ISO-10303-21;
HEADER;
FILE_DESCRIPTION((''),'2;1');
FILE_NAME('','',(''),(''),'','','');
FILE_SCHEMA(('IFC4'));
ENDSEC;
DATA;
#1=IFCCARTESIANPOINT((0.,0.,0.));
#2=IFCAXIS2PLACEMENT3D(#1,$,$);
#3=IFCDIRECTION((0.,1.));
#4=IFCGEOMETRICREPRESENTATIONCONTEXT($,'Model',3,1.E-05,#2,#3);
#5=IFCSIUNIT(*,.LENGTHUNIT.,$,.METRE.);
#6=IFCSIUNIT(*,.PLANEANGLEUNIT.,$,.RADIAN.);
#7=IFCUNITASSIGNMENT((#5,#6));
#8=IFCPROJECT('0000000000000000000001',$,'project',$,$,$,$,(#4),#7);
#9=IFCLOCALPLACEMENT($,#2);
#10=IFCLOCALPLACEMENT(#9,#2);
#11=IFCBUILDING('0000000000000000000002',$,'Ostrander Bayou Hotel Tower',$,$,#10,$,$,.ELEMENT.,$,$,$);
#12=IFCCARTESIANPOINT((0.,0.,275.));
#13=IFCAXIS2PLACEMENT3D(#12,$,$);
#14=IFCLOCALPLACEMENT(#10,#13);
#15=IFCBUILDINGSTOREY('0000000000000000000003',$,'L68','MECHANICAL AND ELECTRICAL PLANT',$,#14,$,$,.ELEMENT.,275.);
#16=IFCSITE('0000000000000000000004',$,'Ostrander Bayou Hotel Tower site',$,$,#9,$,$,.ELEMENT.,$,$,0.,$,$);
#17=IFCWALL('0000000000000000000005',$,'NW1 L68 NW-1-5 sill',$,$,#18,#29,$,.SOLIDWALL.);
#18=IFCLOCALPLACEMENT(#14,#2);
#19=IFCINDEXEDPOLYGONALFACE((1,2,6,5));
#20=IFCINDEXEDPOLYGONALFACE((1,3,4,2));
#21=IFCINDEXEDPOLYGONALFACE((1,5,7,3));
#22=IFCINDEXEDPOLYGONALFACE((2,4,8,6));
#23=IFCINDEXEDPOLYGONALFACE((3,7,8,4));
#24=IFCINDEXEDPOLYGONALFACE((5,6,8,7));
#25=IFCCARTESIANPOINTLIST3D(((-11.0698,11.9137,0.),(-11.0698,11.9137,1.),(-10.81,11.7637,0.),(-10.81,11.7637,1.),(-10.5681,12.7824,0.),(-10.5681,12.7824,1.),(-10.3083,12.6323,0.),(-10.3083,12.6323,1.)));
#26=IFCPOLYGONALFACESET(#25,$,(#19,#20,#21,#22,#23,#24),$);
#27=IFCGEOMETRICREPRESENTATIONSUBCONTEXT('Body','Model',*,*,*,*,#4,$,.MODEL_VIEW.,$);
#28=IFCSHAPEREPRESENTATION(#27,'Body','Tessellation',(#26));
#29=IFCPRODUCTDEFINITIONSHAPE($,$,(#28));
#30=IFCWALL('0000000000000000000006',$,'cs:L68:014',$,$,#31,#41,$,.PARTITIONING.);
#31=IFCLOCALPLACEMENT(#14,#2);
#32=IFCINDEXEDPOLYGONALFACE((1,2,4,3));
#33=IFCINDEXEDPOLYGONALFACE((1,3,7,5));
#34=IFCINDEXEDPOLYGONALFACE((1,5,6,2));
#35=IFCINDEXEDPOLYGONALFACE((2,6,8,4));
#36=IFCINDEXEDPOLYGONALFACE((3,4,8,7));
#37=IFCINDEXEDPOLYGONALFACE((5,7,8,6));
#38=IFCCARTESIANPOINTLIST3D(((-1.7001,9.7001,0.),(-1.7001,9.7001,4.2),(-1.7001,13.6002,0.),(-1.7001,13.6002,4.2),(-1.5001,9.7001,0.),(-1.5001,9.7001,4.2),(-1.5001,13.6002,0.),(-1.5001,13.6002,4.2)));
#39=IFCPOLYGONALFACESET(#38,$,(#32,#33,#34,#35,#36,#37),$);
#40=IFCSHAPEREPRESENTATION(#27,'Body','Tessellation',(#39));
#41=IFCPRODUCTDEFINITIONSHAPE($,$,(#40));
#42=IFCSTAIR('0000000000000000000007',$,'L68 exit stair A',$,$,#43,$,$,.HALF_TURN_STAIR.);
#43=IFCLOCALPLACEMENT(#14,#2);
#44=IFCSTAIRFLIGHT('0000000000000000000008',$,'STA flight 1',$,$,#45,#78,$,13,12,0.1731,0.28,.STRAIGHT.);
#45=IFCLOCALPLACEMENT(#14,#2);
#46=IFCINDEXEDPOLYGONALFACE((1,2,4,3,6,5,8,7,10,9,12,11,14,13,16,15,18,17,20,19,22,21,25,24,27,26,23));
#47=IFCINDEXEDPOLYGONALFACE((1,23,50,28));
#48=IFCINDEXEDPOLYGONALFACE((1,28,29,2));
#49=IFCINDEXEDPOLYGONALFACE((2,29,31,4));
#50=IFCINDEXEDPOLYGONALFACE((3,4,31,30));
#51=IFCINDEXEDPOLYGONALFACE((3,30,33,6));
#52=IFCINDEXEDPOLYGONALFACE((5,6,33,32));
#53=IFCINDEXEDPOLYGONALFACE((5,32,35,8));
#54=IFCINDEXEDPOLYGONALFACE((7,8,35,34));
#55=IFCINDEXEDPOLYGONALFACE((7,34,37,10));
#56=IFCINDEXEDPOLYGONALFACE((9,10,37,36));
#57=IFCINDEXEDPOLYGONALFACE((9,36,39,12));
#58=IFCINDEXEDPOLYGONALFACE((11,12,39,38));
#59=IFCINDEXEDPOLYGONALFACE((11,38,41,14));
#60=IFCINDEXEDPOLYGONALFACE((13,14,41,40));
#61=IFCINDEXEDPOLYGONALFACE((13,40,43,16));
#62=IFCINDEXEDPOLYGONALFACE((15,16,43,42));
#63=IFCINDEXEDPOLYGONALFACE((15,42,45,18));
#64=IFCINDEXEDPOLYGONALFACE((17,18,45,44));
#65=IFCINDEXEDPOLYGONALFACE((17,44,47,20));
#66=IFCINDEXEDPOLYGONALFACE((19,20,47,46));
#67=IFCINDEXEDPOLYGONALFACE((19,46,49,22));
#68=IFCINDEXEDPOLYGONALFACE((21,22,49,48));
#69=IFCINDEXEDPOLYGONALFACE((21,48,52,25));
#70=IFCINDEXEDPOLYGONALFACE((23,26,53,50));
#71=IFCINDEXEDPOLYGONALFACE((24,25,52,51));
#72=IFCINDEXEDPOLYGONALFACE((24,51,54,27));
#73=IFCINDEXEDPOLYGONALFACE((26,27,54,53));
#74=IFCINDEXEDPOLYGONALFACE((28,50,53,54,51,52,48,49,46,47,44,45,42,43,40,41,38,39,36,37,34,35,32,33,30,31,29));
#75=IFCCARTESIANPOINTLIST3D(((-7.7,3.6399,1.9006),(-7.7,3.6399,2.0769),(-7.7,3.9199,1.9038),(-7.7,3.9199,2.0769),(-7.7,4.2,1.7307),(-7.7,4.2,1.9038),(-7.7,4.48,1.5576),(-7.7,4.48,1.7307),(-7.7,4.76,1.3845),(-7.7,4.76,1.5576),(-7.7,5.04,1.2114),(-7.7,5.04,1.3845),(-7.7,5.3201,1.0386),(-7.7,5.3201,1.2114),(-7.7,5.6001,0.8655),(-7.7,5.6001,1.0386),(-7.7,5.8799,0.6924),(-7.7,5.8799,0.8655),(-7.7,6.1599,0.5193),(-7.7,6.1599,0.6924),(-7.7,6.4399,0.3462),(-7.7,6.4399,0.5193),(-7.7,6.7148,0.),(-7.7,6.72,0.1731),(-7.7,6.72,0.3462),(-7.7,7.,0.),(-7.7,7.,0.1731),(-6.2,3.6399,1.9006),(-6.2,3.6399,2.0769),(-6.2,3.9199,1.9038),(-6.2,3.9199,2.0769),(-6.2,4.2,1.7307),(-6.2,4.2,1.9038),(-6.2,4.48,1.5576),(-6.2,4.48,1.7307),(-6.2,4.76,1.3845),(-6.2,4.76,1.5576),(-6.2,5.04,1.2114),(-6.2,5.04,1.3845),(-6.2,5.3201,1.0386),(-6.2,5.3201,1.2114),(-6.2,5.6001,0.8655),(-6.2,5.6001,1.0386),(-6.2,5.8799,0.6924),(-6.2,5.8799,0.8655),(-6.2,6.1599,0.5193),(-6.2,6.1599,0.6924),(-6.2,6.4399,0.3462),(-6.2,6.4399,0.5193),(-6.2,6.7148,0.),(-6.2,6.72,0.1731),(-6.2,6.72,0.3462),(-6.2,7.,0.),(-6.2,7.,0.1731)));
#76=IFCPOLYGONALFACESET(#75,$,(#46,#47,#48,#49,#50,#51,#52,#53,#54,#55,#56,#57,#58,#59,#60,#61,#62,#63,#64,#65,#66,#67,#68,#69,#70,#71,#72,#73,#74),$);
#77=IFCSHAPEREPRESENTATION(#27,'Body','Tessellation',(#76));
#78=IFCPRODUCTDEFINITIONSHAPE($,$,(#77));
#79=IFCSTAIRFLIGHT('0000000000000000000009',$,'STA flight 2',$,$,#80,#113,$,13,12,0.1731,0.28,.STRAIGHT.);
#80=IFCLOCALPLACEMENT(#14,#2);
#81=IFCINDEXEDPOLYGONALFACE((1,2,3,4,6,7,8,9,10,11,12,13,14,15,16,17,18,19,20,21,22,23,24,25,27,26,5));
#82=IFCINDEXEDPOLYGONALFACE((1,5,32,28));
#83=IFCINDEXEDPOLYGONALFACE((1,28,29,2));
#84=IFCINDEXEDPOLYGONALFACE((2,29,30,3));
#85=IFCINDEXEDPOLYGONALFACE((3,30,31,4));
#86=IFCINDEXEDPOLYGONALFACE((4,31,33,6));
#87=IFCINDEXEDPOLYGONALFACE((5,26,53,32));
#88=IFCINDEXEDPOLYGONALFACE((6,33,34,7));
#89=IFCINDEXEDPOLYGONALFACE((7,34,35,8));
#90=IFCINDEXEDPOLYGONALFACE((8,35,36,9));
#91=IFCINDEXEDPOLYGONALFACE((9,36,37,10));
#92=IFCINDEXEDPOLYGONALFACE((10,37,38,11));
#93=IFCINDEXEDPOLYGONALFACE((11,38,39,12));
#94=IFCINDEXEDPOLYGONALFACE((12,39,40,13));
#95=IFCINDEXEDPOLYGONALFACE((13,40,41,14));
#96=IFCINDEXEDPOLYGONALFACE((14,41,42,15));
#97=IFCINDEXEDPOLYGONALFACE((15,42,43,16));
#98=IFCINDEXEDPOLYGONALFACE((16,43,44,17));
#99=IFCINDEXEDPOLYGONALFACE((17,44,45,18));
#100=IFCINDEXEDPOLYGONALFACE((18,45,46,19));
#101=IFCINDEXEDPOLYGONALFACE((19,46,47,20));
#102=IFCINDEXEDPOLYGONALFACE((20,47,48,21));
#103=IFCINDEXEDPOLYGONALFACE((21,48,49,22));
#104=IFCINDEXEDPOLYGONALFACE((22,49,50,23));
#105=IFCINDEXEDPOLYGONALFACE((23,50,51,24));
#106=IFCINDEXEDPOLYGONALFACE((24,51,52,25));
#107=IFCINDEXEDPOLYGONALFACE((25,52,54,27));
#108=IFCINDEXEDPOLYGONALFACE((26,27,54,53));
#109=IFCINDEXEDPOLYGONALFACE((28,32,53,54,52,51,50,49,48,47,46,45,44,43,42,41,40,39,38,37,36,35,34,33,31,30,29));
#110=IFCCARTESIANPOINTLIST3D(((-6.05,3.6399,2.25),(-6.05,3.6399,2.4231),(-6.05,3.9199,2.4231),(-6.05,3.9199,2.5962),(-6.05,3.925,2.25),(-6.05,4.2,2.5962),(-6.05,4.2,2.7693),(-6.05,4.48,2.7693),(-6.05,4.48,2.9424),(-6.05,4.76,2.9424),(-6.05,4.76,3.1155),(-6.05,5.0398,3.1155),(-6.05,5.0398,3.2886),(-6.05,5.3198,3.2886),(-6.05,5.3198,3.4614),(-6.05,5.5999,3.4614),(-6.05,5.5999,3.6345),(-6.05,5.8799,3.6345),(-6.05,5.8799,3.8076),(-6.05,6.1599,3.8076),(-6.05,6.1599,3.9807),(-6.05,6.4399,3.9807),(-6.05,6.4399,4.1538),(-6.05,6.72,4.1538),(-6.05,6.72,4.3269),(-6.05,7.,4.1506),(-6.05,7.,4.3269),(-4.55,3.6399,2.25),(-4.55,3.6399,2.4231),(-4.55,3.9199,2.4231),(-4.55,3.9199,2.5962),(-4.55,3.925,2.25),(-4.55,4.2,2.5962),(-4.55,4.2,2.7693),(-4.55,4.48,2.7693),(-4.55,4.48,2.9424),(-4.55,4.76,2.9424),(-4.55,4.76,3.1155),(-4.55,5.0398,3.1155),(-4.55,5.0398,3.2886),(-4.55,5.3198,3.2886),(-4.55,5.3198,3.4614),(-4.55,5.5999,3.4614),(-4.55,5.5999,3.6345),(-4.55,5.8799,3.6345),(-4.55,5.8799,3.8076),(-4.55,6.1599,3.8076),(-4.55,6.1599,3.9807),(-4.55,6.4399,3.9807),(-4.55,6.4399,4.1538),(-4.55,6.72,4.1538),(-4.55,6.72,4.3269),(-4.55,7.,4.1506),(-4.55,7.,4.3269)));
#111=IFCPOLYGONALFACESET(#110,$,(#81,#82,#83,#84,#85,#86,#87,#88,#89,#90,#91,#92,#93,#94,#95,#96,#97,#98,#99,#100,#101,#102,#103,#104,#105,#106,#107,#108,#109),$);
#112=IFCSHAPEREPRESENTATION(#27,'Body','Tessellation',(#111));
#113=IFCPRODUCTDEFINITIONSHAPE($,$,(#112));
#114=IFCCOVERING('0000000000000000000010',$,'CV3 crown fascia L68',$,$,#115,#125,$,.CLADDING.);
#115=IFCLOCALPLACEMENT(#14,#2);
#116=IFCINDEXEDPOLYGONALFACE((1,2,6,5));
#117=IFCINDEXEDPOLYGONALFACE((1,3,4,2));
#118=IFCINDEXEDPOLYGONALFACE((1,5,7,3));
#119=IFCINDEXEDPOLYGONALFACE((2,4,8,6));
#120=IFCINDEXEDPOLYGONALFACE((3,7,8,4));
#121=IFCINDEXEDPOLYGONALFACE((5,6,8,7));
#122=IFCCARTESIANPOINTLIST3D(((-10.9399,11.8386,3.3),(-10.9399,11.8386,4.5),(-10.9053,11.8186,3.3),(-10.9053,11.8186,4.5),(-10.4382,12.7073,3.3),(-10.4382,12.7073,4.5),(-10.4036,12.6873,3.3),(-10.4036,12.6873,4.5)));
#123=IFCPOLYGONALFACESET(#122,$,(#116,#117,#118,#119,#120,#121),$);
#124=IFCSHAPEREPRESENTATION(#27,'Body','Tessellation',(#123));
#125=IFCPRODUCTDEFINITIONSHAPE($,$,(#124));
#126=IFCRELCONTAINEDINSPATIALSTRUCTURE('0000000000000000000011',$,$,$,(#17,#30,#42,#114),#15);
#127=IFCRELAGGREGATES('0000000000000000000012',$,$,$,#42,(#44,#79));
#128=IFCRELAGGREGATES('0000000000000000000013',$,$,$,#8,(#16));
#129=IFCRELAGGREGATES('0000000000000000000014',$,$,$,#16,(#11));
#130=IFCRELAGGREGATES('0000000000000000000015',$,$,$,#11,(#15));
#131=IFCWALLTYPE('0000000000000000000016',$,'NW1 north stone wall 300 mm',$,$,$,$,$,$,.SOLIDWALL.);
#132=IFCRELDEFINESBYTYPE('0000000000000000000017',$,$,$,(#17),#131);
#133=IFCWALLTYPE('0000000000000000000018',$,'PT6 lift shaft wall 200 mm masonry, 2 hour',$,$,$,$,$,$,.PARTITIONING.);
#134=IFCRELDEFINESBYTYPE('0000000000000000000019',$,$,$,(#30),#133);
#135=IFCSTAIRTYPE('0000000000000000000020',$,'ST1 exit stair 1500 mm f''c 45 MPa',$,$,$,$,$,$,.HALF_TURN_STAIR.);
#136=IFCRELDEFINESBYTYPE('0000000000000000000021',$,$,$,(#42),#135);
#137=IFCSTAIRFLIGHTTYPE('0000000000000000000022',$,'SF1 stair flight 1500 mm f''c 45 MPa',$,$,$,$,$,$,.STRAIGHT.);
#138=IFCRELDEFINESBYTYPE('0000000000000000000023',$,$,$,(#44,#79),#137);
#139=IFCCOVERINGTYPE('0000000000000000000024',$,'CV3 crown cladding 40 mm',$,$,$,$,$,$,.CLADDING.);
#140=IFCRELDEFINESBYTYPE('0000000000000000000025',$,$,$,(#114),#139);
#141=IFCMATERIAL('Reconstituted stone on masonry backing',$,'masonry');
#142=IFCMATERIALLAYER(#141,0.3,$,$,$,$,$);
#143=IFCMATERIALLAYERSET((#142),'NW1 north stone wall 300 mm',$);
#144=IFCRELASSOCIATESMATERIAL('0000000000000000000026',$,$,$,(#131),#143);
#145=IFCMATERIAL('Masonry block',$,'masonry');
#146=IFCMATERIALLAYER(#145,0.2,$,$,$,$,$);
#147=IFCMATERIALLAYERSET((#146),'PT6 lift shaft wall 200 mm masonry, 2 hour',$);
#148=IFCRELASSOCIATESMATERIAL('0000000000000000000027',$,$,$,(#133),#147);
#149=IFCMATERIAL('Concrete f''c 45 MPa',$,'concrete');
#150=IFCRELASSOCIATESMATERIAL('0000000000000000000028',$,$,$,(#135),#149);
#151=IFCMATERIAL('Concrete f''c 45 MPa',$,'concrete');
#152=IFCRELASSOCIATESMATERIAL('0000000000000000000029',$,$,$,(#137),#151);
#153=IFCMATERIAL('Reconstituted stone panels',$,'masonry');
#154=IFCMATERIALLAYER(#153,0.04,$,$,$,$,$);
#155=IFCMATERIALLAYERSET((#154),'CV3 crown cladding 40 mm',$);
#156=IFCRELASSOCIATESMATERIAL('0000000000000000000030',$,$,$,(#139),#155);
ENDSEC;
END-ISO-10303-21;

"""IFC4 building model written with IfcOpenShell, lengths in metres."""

from ifc_helpers import new_model, si_unit, direction, frame, frame_2d, origin, place, context, subcontext, project, spatial, polyline, rectangle, outline, extrude, material, layer, layer_set, type_object, element, aggregate, save


model = new_model("IFC4")

# Units and contexts
model_context = context("Model", 3, precision=1e-05, world=origin(), true_north=direction((0.0, 1.0)))
body_context = subcontext(model_context, "Body", "Model", "MODEL_VIEW")
ifc_project = project(units=[si_unit("LENGTHUNIT", "METRE"), si_unit("PLANEANGLEUNIT", "RADIAN")], contexts=[model_context])

# Site, building, storey
site_placement = place(None, origin())
site = spatial("IfcSite", under=ifc_project, at=site_placement, Name="Ostrander Bayou Hotel Tower site", CompositionType="ELEMENT", RefElevation=0.0)
building_placement = place(site_placement, origin())
building = spatial("IfcBuilding", under=site, at=building_placement, Name="Ostrander Bayou Hotel Tower", CompositionType="ELEMENT")
storey_placement = place(building_placement, frame((0.0, 0.0, 275.0)))
storey = spatial("IfcBuildingStorey", under=building, at=storey_placement, Name="L68", Description="MECHANICAL AND ELECTRICAL PLANT", CompositionType="ELEMENT", Elevation=275.0)

# Wall
ifc_material_1 = material(Name="Reconstituted stone on masonry backing", Category="masonry")
ifc_layer_1 = layer(ifc_material_1, 0.3)
ifc_layer_set_1 = layer_set([ifc_layer_1], Name="NW1 north stone wall 300 mm")
wall_type_1 = type_object("IfcWallType", Name="NW1 north stone wall 300 mm", PredefinedType="SOLIDWALL", material=ifc_layer_set_1)
wall_1_placement = place(storey_placement, frame((-10.4382, 12.7073, 0.0), z_axis=(0.0, 0.0, 1.0), x_axis=(-0.500144, -0.865942, 0.0)))
element("IfcWall", 1, at=wall_1_placement, inside=storey, type_object=wall_type_1, Name="NW1 L68 NW-1-5 sill", PredefinedType="SOLIDWALL", context=body_context, shape_type="SweptSolid", body=[
    extrude(rectangle(XDim=1.0032, YDim=0.3, at=frame_2d((0.5015, 0.0))), origin(), (0.0, 0.0, 1.0), 1.0),
])

# Wall
ifc_material_2 = material(Name="Masonry block", Category="masonry")
ifc_layer_2 = layer(ifc_material_2, 0.2)
ifc_layer_set_2 = layer_set([ifc_layer_2], Name="PT6 lift shaft wall 200 mm masonry, 2 hour")
wall_type_2 = type_object("IfcWallType", Name="PT6 lift shaft wall 200 mm masonry, 2 hour", PredefinedType="PARTITIONING", material=ifc_layer_set_2)
wall_2_placement = place(storey_placement, frame((-1.6001, 9.7, 0.0), z_axis=(0.0, 0.0, 1.0), x_axis=(0.0, 1.0, 0.0)))
element("IfcWall", 2, at=wall_2_placement, inside=storey, type_object=wall_type_2, Name="cs:L68:014", PredefinedType="PARTITIONING", context=body_context, shape_type="SweptSolid", body=[
    extrude(rectangle(XDim=3.9001, YDim=0.2, at=frame_2d((1.9502, 0.0))), origin(), (0.0, 0.0, 1.0), 4.2),
])

# Stair, stair flights
ifc_material_3 = material(Name="Concrete f'c 45 MPa", Category="concrete")
stair_type = type_object("IfcStairType", Name="ST1 exit stair 1500 mm f'c 45 MPa", PredefinedType="HALF_TURN_STAIR", material=ifc_material_3)
stair_placement = place(storey_placement, origin())
stair = element("IfcStair", 3, at=stair_placement, inside=storey, type_object=stair_type, Name="L68 exit stair A", PredefinedType="HALF_TURN_STAIR")
ifc_material_4 = material(Name="Concrete f'c 45 MPa", Category="concrete")
stair_flight_type = type_object("IfcStairFlightType", Name="SF1 stair flight 1500 mm f'c 45 MPa", PredefinedType="STRAIGHT", material=ifc_material_4)
stair_flight_1_placement = place(storey_placement, frame((-6.95, 7.0, 0.0), z_axis=(0.0, 0.0, 1.0), x_axis=(0.0, -1.0, 0.0)))
stair_flight_1 = element("IfcStairFlight", 4, at=stair_flight_1_placement, type_object=stair_flight_type, Name="STA flight 1", NumberOfRisers=13, NumberOfTreads=12, PredefinedType="STRAIGHT", RiserHeight=0.1731, TreadLength=0.28, context=body_context, shape_type="SweptSolid", body=[
    extrude(outline(polyline([(0.0, 0.0), (0.0, 0.1731), (0.28, 0.1731), (0.28, 0.3462), (0.5601, 0.3462), (0.5601, 0.5193), (0.8401, 0.5193), (0.8401, 0.6924), (1.1201, 0.6924), (1.1201, 0.8655), (1.3999, 0.8655), (1.3999, 1.0386), (1.6799, 1.0386), (1.6799, 1.2114), (1.96, 1.2114), (1.96, 1.3845), (2.24, 1.3845), (2.24, 1.5576), (2.52, 1.5576), (2.52, 1.7307), (2.8, 1.7307), (2.8, 1.9038), (3.0801, 1.9038), (3.0801, 2.0769), (3.3601, 2.0769), (3.3601, 2.25), (3.3601, 1.9006), (0.2852, 0.0), (0.0, 0.0)])), frame((0.0, 0.75, 0.0), z_axis=(0.0, -1.0, 0.0), x_axis=(1.0, 0.0, 0.0)), (0.0, 0.0, 1.0), 1.5),
])
stair_flight_2_placement = place(storey_placement, frame((-5.3, 3.6399, 2.25), z_axis=(0.0, 0.0, 1.0), x_axis=(0.0, 1.0, 0.0)))
stair_flight_2 = element("IfcStairFlight", 5, at=stair_flight_2_placement, type_object=stair_flight_type, Name="STA flight 2", NumberOfRisers=13, NumberOfTreads=12, PredefinedType="STRAIGHT", RiserHeight=0.1731, TreadLength=0.28, context=body_context, shape_type="SweptSolid", body=[
    extrude(outline(polyline([(0.0, 0.0), (0.0, 0.1731), (0.28, 0.1731), (0.28, 0.3462), (0.5601, 0.3462), (0.5601, 0.5193), (0.8401, 0.5193), (0.8401, 0.6924), (1.1201, 0.6924), (1.1201, 0.8655), (1.3999, 0.8655), (1.3999, 1.0386), (1.6799, 1.0386), (1.6799, 1.2114), (1.96, 1.2114), (1.96, 1.3845), (2.24, 1.3845), (2.24, 1.5576), (2.52, 1.5576), (2.52, 1.7307), (2.8, 1.7307), (2.8, 1.9038), (3.0801, 1.9038), (3.0801, 2.0769), (3.3601, 2.0769), (3.3601, 2.25), (3.3601, 1.9006), (0.2852, 0.0), (0.0, 0.0)])), frame((0.0, 0.75, 0.0), z_axis=(0.0, -1.0, 0.0), x_axis=(1.0, 0.0, 0.0)), (0.0, 0.0, 1.0), 1.5),
])
aggregate(stair, [stair_flight_1, stair_flight_2])

# Covering
ifc_material_5 = material(Name="Reconstituted stone panels", Category="masonry")
ifc_layer_3 = layer(ifc_material_5, 0.04)
ifc_layer_set_3 = layer_set([ifc_layer_3], Name="CV3 crown cladding 40 mm")
covering_type = type_object("IfcCoveringType", Name="CV3 crown cladding 40 mm", PredefinedType="CLADDING", material=ifc_layer_set_3)
covering_placement = place(storey_placement, frame((-10.4382, 12.7073, 3.3), z_axis=(-0.865942, 0.500144, 0.0), x_axis=(-0.500144, -0.865942, 0.0)))
element("IfcCovering", 6, at=covering_placement, inside=storey, type_object=covering_type, Name="CV3 crown fascia L68", PredefinedType="CLADDING", context=body_context, shape_type="SweptSolid", body=[
    extrude(outline(polyline([(0.0, 0.0), (1.0031, 0.0), (1.0031, 1.2), (0.0, 1.2), (0.0, 0.0)])), origin(), (0.0, 0.0, -1.0), 0.04),
])

save(model, "model.ifc")
